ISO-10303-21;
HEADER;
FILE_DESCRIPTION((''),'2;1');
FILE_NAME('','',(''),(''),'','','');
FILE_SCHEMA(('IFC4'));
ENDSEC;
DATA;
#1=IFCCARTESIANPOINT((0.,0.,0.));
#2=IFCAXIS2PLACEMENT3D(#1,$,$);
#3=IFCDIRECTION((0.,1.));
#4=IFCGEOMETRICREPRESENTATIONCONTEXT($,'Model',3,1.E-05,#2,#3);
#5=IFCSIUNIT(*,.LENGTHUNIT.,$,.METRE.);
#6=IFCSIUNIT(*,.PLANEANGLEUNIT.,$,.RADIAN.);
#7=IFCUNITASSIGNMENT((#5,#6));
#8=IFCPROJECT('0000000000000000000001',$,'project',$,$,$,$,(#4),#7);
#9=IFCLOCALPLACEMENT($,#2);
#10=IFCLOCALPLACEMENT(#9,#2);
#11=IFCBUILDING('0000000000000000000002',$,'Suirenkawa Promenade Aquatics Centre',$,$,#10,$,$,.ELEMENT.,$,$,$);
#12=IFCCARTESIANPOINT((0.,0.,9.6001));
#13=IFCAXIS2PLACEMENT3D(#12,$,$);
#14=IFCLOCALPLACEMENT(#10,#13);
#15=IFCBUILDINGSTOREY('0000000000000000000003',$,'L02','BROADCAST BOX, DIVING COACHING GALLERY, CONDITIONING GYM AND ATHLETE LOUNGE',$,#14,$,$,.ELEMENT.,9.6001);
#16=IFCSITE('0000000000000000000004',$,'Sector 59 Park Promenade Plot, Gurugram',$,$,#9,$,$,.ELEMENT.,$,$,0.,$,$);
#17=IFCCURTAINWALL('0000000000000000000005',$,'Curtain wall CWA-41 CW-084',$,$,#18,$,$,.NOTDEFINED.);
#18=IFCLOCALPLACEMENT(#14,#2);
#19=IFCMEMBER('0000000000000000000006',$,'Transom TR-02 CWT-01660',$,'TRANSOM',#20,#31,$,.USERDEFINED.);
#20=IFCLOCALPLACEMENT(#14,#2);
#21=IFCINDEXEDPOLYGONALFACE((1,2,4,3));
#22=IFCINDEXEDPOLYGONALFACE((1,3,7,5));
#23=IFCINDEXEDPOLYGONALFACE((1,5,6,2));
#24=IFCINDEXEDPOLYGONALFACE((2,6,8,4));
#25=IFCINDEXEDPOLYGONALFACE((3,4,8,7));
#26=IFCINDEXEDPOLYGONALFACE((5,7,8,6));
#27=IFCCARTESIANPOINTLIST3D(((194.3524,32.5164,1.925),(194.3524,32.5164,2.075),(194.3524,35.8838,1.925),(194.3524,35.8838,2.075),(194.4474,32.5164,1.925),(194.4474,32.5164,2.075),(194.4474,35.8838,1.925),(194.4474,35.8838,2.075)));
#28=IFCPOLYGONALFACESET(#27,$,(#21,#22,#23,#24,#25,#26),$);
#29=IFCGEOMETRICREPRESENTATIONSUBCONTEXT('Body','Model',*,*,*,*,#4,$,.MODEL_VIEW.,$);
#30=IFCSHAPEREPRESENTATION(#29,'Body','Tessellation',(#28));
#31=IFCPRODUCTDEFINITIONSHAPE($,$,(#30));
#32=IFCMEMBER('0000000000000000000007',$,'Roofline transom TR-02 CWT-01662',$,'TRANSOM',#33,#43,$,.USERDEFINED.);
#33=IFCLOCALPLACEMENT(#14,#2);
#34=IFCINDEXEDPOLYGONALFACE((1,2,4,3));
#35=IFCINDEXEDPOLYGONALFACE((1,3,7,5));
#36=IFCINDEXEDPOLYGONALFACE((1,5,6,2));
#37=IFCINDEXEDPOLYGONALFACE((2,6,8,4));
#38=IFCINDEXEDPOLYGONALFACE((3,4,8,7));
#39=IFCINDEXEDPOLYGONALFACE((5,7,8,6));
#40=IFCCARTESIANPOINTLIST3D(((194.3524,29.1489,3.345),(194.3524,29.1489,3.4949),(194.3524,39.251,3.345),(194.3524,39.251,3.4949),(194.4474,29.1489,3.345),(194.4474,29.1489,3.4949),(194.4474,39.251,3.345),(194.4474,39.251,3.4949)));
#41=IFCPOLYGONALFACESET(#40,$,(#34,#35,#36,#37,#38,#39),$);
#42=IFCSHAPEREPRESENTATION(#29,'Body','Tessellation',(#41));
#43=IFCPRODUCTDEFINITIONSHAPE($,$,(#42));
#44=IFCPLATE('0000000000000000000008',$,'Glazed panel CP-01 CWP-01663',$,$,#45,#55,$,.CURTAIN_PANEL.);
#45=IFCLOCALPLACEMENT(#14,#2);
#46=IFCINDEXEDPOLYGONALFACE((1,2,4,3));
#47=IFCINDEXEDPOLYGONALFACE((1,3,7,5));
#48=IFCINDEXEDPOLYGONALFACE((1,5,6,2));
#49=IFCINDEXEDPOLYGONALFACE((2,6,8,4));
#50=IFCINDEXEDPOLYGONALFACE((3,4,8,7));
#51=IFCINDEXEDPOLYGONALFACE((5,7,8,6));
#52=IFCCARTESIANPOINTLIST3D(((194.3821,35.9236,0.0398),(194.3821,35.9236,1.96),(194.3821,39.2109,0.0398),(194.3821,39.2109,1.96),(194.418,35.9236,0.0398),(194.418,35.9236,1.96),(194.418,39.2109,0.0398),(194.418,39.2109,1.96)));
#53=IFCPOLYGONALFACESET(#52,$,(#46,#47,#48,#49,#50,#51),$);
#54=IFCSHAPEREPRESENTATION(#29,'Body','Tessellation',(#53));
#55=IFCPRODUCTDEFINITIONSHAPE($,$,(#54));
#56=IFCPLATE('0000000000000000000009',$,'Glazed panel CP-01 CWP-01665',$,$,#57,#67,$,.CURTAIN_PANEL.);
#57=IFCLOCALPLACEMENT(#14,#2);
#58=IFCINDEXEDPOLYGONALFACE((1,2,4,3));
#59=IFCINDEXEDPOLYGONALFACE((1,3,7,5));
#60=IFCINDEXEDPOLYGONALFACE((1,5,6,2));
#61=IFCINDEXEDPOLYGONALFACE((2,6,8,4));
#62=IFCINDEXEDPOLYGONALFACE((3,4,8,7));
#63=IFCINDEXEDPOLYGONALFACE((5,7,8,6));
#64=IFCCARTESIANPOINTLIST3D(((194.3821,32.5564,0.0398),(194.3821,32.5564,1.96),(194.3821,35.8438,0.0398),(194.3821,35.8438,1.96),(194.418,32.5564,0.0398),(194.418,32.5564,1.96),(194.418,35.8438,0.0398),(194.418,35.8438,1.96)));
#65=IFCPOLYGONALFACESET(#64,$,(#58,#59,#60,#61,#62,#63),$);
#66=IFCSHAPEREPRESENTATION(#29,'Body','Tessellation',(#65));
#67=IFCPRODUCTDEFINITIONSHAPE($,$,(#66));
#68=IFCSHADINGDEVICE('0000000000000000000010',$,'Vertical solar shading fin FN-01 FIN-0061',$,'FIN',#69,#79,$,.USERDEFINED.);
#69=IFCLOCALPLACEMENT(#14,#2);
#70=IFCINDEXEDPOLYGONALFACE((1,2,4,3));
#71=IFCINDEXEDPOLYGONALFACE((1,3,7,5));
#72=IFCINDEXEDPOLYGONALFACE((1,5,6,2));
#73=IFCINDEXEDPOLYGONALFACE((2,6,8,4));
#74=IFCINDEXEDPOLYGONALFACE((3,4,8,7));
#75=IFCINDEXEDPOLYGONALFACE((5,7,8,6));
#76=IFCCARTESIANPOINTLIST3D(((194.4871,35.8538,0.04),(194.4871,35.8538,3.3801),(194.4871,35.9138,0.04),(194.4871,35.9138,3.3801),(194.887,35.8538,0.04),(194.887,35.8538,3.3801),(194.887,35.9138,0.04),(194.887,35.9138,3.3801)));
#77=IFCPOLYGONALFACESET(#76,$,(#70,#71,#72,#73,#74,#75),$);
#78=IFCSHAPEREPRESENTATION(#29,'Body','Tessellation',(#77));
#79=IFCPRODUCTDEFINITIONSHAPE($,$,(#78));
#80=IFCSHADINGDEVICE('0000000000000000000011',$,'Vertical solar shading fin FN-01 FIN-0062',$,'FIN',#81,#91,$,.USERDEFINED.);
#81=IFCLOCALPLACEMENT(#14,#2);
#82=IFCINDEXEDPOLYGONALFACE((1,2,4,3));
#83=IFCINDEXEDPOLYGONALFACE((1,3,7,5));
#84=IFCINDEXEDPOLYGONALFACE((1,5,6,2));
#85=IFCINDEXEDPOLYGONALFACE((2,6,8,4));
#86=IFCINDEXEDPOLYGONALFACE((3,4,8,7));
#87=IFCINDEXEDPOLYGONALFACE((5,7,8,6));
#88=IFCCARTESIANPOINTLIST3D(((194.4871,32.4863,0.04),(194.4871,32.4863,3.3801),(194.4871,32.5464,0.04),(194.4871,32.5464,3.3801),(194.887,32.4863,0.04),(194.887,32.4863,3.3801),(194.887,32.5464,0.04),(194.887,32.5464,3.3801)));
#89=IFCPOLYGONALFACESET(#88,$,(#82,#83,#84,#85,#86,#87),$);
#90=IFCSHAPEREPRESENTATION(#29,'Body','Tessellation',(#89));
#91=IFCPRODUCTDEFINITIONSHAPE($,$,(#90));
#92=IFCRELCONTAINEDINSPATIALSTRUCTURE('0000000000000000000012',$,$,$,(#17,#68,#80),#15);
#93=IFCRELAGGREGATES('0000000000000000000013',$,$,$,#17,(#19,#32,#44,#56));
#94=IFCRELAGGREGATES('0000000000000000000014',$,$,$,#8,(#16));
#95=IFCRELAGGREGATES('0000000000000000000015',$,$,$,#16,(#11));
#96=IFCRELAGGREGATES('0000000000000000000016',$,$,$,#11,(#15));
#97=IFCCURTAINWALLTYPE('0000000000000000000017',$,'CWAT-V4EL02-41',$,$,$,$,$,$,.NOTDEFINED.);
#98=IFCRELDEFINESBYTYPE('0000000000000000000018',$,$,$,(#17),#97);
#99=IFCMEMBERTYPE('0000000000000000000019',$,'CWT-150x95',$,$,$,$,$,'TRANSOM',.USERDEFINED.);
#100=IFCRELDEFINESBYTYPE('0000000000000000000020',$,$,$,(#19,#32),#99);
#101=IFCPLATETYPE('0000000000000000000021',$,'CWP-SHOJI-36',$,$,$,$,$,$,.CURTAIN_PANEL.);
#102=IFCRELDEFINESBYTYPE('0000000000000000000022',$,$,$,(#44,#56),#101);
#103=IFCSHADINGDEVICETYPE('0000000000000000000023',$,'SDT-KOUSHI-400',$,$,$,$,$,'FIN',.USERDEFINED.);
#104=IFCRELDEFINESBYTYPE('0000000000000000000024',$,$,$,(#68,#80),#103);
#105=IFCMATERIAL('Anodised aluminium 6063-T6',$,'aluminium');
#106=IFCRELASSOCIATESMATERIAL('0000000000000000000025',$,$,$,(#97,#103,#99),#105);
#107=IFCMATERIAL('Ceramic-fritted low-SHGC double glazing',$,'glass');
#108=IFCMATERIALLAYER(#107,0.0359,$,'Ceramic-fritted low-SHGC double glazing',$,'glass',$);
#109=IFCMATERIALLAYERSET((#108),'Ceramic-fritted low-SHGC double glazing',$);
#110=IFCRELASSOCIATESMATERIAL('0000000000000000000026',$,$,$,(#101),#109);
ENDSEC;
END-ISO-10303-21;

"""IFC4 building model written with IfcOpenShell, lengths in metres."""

from ifc_helpers import new_model, si_unit, direction, frame, origin, origin_2d, place, context, subcontext, project, spatial, polyline, rectangle, outline, extrude, material, layer, layer_set, material_profile, profile_set, type_object, element, aggregate, save


model = new_model("IFC4")

# Units and contexts
model_context = context("Model", 3, precision=1e-05, world=origin(), true_north=direction((0.0, 1.0)))
body_context = subcontext(model_context, "Body", "Model", "MODEL_VIEW")
ifc_project = project(units=[si_unit("LENGTHUNIT", "METRE"), si_unit("PLANEANGLEUNIT", "RADIAN")], contexts=[model_context])

# Site, building, storey
site_placement = place(None, origin())
site = spatial("IfcSite", under=ifc_project, at=site_placement, Name="Sector 59 Park Promenade Plot, Gurugram", CompositionType="ELEMENT", RefElevation=0.0)
building_placement = place(site_placement, origin())
building = spatial("IfcBuilding", under=site, at=building_placement, Name="Suirenkawa Promenade Aquatics Centre", CompositionType="ELEMENT")
storey_placement = place(building_placement, frame((0.0, 0.0, 9.6001)))
storey = spatial("IfcBuildingStorey", under=building, at=storey_placement, Name="L02", Description="BROADCAST BOX, DIVING COACHING GALLERY, CONDITIONING GYM AND ATHLETE LOUNGE", CompositionType="ELEMENT", Elevation=9.6001)

# Curtain wall, members, plates
ifc_material_1 = material(Name="Anodised aluminium 6063-T6", Category="aluminium")
curtain_wall_type = type_object("IfcCurtainWallType", Name="CWAT-V4EL02-41", PredefinedType="NOTDEFINED", material=ifc_material_1)
curtain_wall_placement = place(storey_placement, origin())
curtain_wall = element("IfcCurtainWall", 1, at=curtain_wall_placement, inside=storey, type_object=curtain_wall_type, Name="Curtain wall CWA-41 CW-084", PredefinedType="NOTDEFINED")
ifc_material_profile_1 = material_profile(ifc_material_1, rectangle(XDim=0.095, YDim=0.1499, at=origin_2d()), Name="ALU TRAN 95x150", Category="aluminium")
ifc_profile_set_1 = profile_set([ifc_material_profile_1], Name="Anodised aluminium 6063-T6")
member_type_1 = type_object("IfcMemberType", Name="CWT-150x95", ElementType="TRANSOM", PredefinedType="USERDEFINED", material=ifc_profile_set_1)
member_1_placement = place(storey_placement, frame((194.3999, 35.8838, 2.0), z_axis=(0.0, -1.0, 0.0), x_axis=(1.0, 0.0, 0.0)))
member_1 = element("IfcMember", 2, at=member_1_placement, type_object=member_type_1, Name="Transom TR-02 CWT-01660", ObjectType="TRANSOM", PredefinedType="USERDEFINED", context=body_context, shape_type="SweptSolid", body=[
    extrude(rectangle(XDim=0.095, YDim=0.1499, at=origin_2d()), origin(), (0.0, 0.0, 1.0), 3.3674),
])
member_2_placement = place(storey_placement, frame((194.3999, 39.251, 3.4199), z_axis=(0.0, -1.0, 0.0), x_axis=(1.0, 0.0, 0.0)))
member_2 = element("IfcMember", 3, at=member_2_placement, type_object=member_type_1, Name="Roofline transom TR-02 CWT-01662", ObjectType="TRANSOM", PredefinedType="USERDEFINED", context=body_context, shape_type="SweptSolid", body=[
    extrude(rectangle(XDim=0.095, YDim=0.1499, at=origin_2d()), origin(), (0.0, 0.0, 1.0), 10.1021),
])
ifc_material_2 = material(Name="Ceramic-fritted low-SHGC double glazing", Category="glass")
ifc_layer = layer(ifc_material_2, 0.0359, Name="Ceramic-fritted low-SHGC double glazing", Category="glass")
ifc_layer_set = layer_set([ifc_layer], Name="Ceramic-fritted low-SHGC double glazing")
plate_type = type_object("IfcPlateType", Name="CWP-SHOJI-36", PredefinedType="CURTAIN_PANEL", material=ifc_layer_set)
plate_1_placement = place(storey_placement, frame((194.3999, 39.251, 0.0398), z_axis=(0.0, 0.0, 1.0), x_axis=(0.0, -1.0, 0.0)))
plate_1 = element("IfcPlate", 4, at=plate_1_placement, type_object=plate_type, Name="Glazed panel CP-01 CWP-01663", PredefinedType="CURTAIN_PANEL", context=body_context, shape_type="SweptSolid", body=[
    extrude(outline(polyline([(0.04, 0.0), (3.3274, 0.0), (3.3274, 1.9202), (0.04, 1.9202), (0.04, 0.0)])), frame((0.0, 0.0181, 0.0), z_axis=(0.0, -1.0, 0.0), x_axis=(1.0, 0.0, 0.0)), (0.0, 0.0, 1.0), 0.0359),
])
plate_2_placement = place(storey_placement, frame((194.3999, 35.8838, 0.0398), z_axis=(0.0, 0.0, 1.0), x_axis=(0.0, -1.0, 0.0)))
plate_2 = element("IfcPlate", 5, at=plate_2_placement, type_object=plate_type, Name="Glazed panel CP-01 CWP-01665", PredefinedType="CURTAIN_PANEL", context=body_context, shape_type="SweptSolid", body=[
    extrude(outline(polyline([(0.04, 0.0), (3.3274, 0.0), (3.3274, 1.9202), (0.04, 1.9202), (0.04, 0.0)])), frame((0.0, 0.0181, 0.0), z_axis=(0.0, -1.0, 0.0), x_axis=(1.0, 0.0, 0.0)), (0.0, 0.0, 1.0), 0.0359),
])
aggregate(curtain_wall, [member_1, member_2, plate_1, plate_2])

# Shading devices
shading_device_type = type_object("IfcShadingDeviceType", Name="SDT-KOUSHI-400", ElementType="FIN", PredefinedType="USERDEFINED", material=ifc_material_1)
for number, where, z_axis, x_axis, name in (
    (6, (194.687, 35.8838, 0.04), (0.0, 0.0, 1.0), (1.0, 0.0, 0.0), "Vertical solar shading fin FN-01 FIN-0061"),
    (7, (194.687, 32.5164, 0.04), (0.0, 0.0, 1.0), (1.0, 0.0, 0.0), "Vertical solar shading fin FN-01 FIN-0062"),
):
    element("IfcShadingDevice", number, at=place(storey_placement, frame(where, z_axis=z_axis, x_axis=x_axis)), inside=storey, type_object=shading_device_type, Name=name, ObjectType="FIN", PredefinedType="USERDEFINED", context=body_context, shape_type="SweptSolid", body=[
        extrude(rectangle(XDim=0.3999, YDim=0.0601, at=origin_2d()), origin(), (0.0, 0.0, 1.0), 3.3401),
    ])

save(model, "model.ifc")
